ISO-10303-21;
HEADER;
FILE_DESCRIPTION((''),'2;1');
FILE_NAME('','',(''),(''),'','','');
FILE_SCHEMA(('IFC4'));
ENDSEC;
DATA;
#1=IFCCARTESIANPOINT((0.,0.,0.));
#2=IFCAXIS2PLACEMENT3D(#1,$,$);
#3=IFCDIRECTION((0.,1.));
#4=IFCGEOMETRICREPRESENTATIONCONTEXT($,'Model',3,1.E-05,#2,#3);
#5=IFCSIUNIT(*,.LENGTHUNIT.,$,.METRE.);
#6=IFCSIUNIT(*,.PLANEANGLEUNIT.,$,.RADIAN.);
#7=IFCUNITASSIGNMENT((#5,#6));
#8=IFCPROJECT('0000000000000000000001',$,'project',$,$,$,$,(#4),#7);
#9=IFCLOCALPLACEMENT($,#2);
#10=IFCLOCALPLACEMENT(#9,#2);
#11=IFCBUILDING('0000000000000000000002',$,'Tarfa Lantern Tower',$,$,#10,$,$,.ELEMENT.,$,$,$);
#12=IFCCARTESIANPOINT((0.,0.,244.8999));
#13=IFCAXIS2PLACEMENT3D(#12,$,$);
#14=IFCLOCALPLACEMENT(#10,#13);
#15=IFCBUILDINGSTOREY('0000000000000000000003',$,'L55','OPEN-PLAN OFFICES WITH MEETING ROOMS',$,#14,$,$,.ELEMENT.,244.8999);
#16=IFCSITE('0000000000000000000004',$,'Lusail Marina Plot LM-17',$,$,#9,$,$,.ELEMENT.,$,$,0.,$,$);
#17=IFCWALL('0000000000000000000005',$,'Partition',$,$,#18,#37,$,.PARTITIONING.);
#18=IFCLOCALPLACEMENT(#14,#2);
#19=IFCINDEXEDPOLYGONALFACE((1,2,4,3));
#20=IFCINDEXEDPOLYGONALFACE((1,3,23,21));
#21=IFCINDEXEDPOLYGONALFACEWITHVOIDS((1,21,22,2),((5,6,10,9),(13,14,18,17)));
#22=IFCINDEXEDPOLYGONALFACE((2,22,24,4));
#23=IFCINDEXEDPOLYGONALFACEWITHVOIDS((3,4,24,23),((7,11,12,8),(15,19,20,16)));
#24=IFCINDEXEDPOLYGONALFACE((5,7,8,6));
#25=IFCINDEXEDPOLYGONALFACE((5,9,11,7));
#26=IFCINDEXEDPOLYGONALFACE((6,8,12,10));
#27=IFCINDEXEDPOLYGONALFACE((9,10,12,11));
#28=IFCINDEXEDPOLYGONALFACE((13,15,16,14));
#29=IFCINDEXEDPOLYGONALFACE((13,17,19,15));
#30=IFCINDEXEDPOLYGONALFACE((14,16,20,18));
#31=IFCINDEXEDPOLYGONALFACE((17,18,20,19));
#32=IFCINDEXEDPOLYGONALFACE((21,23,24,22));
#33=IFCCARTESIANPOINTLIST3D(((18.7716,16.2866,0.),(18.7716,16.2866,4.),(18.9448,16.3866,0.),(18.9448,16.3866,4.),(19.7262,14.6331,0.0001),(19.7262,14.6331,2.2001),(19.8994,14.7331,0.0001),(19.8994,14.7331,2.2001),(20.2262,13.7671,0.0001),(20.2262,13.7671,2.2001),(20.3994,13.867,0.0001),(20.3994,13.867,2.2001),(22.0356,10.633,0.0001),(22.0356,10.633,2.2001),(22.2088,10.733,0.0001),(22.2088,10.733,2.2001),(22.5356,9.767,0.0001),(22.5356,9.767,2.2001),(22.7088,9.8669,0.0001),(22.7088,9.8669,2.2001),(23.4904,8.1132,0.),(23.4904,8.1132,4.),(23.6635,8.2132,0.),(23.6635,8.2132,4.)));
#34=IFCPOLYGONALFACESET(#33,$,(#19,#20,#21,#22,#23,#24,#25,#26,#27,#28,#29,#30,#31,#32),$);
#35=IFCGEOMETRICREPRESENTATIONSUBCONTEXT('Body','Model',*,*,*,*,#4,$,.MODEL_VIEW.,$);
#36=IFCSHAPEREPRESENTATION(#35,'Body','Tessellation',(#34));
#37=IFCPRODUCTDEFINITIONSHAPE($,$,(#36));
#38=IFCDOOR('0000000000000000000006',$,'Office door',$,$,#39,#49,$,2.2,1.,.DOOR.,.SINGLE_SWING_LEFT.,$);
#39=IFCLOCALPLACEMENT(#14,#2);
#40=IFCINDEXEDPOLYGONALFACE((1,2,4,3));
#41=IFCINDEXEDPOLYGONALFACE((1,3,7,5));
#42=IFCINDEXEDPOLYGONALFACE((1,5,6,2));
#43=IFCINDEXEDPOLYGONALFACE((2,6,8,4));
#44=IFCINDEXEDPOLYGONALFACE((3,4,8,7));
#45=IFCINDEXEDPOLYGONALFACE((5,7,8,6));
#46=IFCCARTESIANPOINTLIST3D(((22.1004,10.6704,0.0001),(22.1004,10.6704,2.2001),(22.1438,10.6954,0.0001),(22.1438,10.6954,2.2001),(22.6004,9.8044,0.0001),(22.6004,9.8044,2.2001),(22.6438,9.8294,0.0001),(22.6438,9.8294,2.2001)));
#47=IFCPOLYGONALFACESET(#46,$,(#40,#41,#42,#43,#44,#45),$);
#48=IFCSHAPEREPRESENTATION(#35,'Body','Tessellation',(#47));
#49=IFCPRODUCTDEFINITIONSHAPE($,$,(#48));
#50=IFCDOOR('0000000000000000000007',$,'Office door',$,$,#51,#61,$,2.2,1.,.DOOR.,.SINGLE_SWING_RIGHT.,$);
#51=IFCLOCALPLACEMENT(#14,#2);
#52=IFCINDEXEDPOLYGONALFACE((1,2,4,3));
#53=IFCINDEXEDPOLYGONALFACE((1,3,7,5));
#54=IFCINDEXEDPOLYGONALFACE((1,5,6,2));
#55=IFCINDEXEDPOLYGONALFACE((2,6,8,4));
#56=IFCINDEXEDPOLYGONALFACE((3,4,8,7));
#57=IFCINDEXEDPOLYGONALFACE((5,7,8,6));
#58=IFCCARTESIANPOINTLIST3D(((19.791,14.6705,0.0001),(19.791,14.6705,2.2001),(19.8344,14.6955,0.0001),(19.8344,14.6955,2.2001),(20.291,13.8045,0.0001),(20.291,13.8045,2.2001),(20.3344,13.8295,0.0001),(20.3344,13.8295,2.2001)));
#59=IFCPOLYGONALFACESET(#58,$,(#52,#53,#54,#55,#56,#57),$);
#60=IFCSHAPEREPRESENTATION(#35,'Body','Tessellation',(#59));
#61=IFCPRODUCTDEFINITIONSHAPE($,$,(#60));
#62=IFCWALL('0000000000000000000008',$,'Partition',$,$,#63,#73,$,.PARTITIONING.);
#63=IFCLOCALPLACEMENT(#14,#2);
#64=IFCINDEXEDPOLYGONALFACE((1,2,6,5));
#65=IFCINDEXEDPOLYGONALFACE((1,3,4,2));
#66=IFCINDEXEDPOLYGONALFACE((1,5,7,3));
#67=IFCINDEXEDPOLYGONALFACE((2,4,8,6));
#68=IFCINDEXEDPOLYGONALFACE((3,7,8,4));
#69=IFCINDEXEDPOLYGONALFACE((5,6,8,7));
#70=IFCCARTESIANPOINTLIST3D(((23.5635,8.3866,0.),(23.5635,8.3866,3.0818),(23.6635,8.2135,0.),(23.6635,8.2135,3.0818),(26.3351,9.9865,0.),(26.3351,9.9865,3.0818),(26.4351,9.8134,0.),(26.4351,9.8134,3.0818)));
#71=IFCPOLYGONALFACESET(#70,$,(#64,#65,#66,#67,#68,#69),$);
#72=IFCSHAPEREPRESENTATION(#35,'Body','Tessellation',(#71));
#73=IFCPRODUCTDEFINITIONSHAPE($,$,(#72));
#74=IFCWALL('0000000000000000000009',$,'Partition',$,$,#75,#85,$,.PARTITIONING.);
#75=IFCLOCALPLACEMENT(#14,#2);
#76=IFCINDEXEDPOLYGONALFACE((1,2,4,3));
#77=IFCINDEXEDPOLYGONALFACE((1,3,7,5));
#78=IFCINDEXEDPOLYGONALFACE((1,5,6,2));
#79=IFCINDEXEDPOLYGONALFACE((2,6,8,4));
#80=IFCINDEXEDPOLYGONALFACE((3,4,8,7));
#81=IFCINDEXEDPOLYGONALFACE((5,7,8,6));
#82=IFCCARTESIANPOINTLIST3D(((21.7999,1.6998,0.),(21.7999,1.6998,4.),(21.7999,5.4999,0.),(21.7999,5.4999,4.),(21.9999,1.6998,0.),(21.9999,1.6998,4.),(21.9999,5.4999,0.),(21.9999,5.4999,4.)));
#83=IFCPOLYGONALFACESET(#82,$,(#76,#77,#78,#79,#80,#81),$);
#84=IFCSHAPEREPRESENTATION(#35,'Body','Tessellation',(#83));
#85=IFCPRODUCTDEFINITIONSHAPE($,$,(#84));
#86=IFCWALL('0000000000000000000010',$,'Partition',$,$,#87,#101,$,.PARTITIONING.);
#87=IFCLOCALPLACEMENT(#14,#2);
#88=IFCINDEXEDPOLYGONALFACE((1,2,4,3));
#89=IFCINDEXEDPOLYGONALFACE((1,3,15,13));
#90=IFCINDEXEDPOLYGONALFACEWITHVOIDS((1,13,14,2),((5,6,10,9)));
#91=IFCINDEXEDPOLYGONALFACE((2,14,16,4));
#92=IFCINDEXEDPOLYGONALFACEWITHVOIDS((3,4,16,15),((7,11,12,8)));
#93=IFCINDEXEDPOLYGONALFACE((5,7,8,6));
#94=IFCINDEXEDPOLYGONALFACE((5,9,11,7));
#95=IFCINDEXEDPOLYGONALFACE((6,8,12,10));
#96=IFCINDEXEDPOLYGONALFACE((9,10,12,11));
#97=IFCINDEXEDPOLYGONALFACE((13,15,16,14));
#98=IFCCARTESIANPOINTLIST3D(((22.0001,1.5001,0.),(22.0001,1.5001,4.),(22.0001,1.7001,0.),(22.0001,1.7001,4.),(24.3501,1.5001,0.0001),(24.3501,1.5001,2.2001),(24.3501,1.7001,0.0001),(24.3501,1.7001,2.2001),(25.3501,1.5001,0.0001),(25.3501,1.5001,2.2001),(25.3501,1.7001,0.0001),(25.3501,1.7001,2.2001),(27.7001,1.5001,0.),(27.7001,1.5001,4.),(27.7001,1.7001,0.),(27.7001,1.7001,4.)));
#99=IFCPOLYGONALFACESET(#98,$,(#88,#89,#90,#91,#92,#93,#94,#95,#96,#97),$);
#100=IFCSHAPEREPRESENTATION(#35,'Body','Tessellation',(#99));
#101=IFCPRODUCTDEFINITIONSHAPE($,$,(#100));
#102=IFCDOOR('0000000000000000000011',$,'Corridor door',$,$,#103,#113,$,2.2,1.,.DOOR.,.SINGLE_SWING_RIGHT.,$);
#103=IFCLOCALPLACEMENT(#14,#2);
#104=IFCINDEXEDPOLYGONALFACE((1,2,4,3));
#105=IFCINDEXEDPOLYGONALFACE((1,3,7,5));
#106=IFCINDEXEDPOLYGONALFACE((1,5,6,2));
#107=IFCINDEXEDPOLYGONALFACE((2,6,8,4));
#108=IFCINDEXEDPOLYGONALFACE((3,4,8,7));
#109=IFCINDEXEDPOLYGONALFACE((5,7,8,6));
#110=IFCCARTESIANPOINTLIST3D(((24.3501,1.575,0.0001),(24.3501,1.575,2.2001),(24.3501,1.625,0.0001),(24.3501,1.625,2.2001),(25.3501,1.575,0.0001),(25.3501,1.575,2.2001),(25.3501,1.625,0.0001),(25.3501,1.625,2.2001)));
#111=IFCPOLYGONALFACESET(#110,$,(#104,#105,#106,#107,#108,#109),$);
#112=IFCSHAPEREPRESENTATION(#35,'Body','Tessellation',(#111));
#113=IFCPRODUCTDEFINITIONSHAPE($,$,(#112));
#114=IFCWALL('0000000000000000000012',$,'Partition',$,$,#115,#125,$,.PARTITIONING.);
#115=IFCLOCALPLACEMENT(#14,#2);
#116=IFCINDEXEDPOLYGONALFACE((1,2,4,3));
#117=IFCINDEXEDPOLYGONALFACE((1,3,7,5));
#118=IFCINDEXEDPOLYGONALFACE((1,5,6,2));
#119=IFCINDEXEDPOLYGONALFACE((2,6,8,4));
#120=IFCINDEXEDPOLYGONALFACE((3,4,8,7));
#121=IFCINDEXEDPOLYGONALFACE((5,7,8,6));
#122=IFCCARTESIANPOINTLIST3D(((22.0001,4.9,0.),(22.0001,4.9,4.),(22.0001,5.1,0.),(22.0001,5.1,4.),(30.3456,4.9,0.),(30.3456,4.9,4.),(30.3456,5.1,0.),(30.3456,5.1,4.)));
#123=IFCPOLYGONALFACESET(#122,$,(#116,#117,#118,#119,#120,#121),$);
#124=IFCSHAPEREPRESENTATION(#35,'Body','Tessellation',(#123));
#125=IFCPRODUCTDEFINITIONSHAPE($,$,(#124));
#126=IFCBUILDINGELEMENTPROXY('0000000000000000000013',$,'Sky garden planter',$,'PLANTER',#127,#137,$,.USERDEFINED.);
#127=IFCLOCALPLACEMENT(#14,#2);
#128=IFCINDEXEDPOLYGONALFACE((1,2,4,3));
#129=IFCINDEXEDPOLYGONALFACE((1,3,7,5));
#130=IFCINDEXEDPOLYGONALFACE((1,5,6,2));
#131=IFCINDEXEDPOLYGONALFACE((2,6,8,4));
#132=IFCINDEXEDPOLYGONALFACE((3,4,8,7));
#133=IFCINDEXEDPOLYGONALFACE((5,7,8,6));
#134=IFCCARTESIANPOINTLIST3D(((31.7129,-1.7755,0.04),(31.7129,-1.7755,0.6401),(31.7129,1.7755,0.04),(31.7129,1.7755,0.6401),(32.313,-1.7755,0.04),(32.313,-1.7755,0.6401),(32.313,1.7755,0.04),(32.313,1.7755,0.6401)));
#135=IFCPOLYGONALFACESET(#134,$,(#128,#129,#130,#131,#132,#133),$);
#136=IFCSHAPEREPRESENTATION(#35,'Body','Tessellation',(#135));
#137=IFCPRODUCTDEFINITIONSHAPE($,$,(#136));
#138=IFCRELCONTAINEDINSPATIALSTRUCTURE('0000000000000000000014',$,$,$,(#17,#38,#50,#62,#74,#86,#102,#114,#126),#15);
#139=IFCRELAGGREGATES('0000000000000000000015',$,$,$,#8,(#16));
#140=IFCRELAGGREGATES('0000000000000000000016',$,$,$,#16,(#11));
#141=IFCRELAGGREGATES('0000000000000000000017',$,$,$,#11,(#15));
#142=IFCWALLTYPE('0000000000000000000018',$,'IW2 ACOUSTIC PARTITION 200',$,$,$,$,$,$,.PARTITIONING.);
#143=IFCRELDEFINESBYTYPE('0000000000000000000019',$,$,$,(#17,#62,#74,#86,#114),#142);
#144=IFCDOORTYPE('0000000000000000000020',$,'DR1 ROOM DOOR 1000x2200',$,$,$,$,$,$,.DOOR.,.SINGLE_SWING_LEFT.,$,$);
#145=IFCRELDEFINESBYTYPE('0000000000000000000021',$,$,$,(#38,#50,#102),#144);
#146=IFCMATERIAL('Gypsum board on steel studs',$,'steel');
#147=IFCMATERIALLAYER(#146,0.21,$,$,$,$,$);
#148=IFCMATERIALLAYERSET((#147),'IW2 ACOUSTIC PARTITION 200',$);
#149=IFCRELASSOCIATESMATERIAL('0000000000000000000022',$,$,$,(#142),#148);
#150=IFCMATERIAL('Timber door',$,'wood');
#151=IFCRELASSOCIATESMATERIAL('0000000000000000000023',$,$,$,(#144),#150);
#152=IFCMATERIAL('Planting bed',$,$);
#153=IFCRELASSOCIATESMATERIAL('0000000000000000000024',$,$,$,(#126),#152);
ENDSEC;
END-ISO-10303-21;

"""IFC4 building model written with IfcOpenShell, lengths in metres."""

from ifc_helpers import new_model, si_unit, direction, frame, frame_2d, origin, origin_2d, place, context, subcontext, project, spatial, rectangle, extrude, material, layer, layer_set, type_object, element, fill, save


model = new_model("IFC4")

# Units and contexts
model_context = context("Model", 3, precision=1e-05, world=origin(), true_north=direction((0.0, 1.0)))
body_context = subcontext(model_context, "Body", "Model", "MODEL_VIEW")
ifc_project = project(units=[si_unit("LENGTHUNIT", "METRE"), si_unit("PLANEANGLEUNIT", "RADIAN")], contexts=[model_context])

# Site, building, storey
site_placement = place(None, origin())
site = spatial("IfcSite", under=ifc_project, at=site_placement, Name="Lusail Marina Plot LM-17", CompositionType="ELEMENT", RefElevation=0.0)
building_placement = place(site_placement, origin())
building = spatial("IfcBuilding", under=site, at=building_placement, Name="Tarfa Lantern Tower", CompositionType="ELEMENT")
storey_placement = place(building_placement, frame((0.0, 0.0, 244.8999)))
storey = spatial("IfcBuildingStorey", under=building, at=storey_placement, Name="L55", Description="OPEN-PLAN OFFICES WITH MEETING ROOMS", CompositionType="ELEMENT", Elevation=244.8999)

# Wall, openings, doors
ifc_material_1 = material(Name="Gypsum board on steel studs", Category="steel")
ifc_layer_1 = layer(ifc_material_1, 0.21)
ifc_layer_set_1 = layer_set([ifc_layer_1], Name="IW2 ACOUSTIC PARTITION 200")
wall_type = type_object("IfcWallType", Name="IW2 ACOUSTIC PARTITION 200", PredefinedType="PARTITIONING", material=ifc_layer_set_1)
wall_1_placement = place(storey_placement, frame((23.5769, 8.1633, 0.0), z_axis=(0.0, 0.0, 1.0), x_axis=(-0.49999, 0.866031, 0.0)))
wall_1 = element("IfcWall", 1, at=wall_1_placement, inside=storey, type_object=wall_type, Name="Partition", PredefinedType="PARTITIONING", context=body_context, shape_type="SweptSolid", body=[
    extrude(rectangle(XDim=9.4377, YDim=0.2, at=frame_2d((4.7188, 0.0))), origin(), (0.0, 0.0, 1.0), 4.0),
])
opening_1_placement = place(wall_1_placement, frame((1.9094, 0.0, 0.0)))
opening_1 = element("IfcOpeningElement", 2, at=opening_1_placement, cuts=wall_1, PredefinedType="OPENING", context=body_context, shape_type="SweptSolid", body=[
    extrude(rectangle(XDim=1.0, YDim=2.2, at=frame_2d((0.5, 1.1001))), frame((0.0, 0.1099, 0.0), z_axis=(0.0, -1.0, 0.0), x_axis=(1.0, 0.0, 0.0)), (0.0, 0.0, 1.0), 0.22),
])
opening_2_placement = place(wall_1_placement, frame((6.5283, 0.0, 0.0)))
opening_2 = element("IfcOpeningElement", 3, at=opening_2_placement, cuts=wall_1, PredefinedType="OPENING", context=body_context, shape_type="SweptSolid", body=[
    extrude(rectangle(XDim=1.0, YDim=2.2, at=frame_2d((0.5, 1.1001))), frame((0.0, 0.1099, 0.0), z_axis=(0.0, -1.0, 0.0), x_axis=(1.0, 0.0, 0.0)), (0.0, 0.0, 1.0), 0.22),
])
ifc_material_2 = material(Name="Timber door", Category="wood")
door_type = type_object("IfcDoorType", Name="DR1 ROOM DOOR 1000x2200", OperationType="SINGLE_SWING_LEFT", PredefinedType="DOOR", material=ifc_material_2)
door_1_placement = place(opening_1_placement, frame((1.0, 0.0, 0.0), z_axis=(0.0, 0.0, 1.0), x_axis=(-1.0, 0.0, 0.0)))
door_1 = element("IfcDoor", 4, at=door_1_placement, inside=storey, type_object=door_type, Name="Office door", OperationType="SINGLE_SWING_LEFT", OverallHeight=2.2, OverallWidth=1.0, PredefinedType="DOOR", context=body_context, shape_type="SweptSolid", body=[
    extrude(rectangle(XDim=1.0, YDim=2.2, at=frame_2d((0.5, 1.1001))), frame((0.0, 0.0249, 0.0), z_axis=(0.0, -1.0, 0.0), x_axis=(1.0, 0.0, 0.0)), (0.0, 0.0, 1.0), 0.05),
])
fill(opening_1, door_1)
door_2_placement = place(opening_2_placement, frame((1.0, 0.0, 0.0), z_axis=(0.0, 0.0, 1.0), x_axis=(-1.0, 0.0, 0.0)))
door_2 = element("IfcDoor", 5, at=door_2_placement, inside=storey, type_object=door_type, Name="Office door", OperationType="SINGLE_SWING_RIGHT", OverallHeight=2.2, OverallWidth=1.0, PredefinedType="DOOR", context=body_context, shape_type="SweptSolid", body=[
    extrude(rectangle(XDim=1.0, YDim=2.2, at=frame_2d((0.5, 1.1001))), frame((0.0, 0.0249, 0.0), z_axis=(0.0, -1.0, 0.0), x_axis=(1.0, 0.0, 0.0)), (0.0, 0.0, 1.0), 0.05),
])
fill(opening_2, door_2)

# Walls
wall_2_placement = place(storey_placement, frame((23.6135, 8.3, 0.0), z_axis=(0.0, 0.0, 1.0), x_axis=(0.866061, 0.499938, 0.0)))
element("IfcWall", 6, at=wall_2_placement, inside=storey, type_object=wall_type, Name="Partition", PredefinedType="PARTITIONING", context=body_context, shape_type="SweptSolid", body=[
    extrude(rectangle(XDim=3.2002, YDim=0.2, at=frame_2d((1.6001, 0.0))), origin(), (0.0, 0.0, 1.0), 3.0818),
])
wall_3_placement = place(storey_placement, frame((21.8999, 1.7, 0.0), z_axis=(0.0, 0.0, 1.0), x_axis=(0.0, 1.0, 0.0)))
element("IfcWall", 7, at=wall_3_placement, inside=storey, type_object=wall_type, Name="Partition", PredefinedType="PARTITIONING", context=body_context, shape_type="SweptSolid", body=[
    extrude(rectangle(XDim=3.8, YDim=0.2, at=frame_2d((1.8999, 0.0))), origin(), (0.0, 0.0, 1.0), 4.0),
])

# Wall, opening, door
wall_4_placement = place(storey_placement, frame((22.0, 1.6001, 0.0), z_axis=(0.0, 0.0, 1.0), x_axis=(1.0, 0.0, 0.0)))
wall_4 = element("IfcWall", 8, at=wall_4_placement, inside=storey, type_object=wall_type, Name="Partition", PredefinedType="PARTITIONING", context=body_context, shape_type="SweptSolid", body=[
    extrude(rectangle(XDim=5.7, YDim=0.2, at=frame_2d((2.8501, 0.0))), origin(), (0.0, 0.0, 1.0), 4.0),
])
opening_3_placement = place(wall_4_placement, frame((2.3501, 0.0, 0.0)))
opening_3 = element("IfcOpeningElement", 9, at=opening_3_placement, cuts=wall_4, PredefinedType="OPENING", context=body_context, shape_type="SweptSolid", body=[
    extrude(rectangle(XDim=1.0, YDim=2.2, at=frame_2d((0.5, 1.1001))), frame((0.0, 0.1099, 0.0), z_axis=(0.0, -1.0, 0.0), x_axis=(1.0, 0.0, 0.0)), (0.0, 0.0, 1.0), 0.22),
])
door_3_placement = place(opening_3_placement, origin())
door_3 = element("IfcDoor", 10, at=door_3_placement, inside=storey, type_object=door_type, Name="Corridor door", OperationType="SINGLE_SWING_RIGHT", OverallHeight=2.2, OverallWidth=1.0, PredefinedType="DOOR", context=body_context, shape_type="SweptSolid", body=[
    extrude(rectangle(XDim=1.0, YDim=2.2, at=frame_2d((0.5, 1.1001))), frame((0.0, 0.0249, 0.0), z_axis=(0.0, -1.0, 0.0), x_axis=(1.0, 0.0, 0.0)), (0.0, 0.0, 1.0), 0.05),
])
fill(opening_3, door_3)

# Wall
wall_5_placement = place(storey_placement, frame((22.0, 5.0, 0.0), z_axis=(0.0, 0.0, 1.0), x_axis=(1.0, 0.0, 0.0)))
element("IfcWall", 11, at=wall_5_placement, inside=storey, type_object=wall_type, Name="Partition", PredefinedType="PARTITIONING", context=body_context, shape_type="SweptSolid", body=[
    extrude(rectangle(XDim=8.3455, YDim=0.2, at=frame_2d((4.1729, 0.0))), origin(), (0.0, 0.0, 1.0), 4.0),
])

# Building element proxy
ifc_material_3 = material(Name="Planting bed")
proxy_placement = place(storey_placement, frame((32.0129, 0.0, 0.04), z_axis=(0.0, 0.0, 1.0), x_axis=(0.0, 1.0, 0.0)))
element("IfcBuildingElementProxy", 12, at=proxy_placement, inside=storey, material=ifc_material_3, Name="Sky garden planter", ObjectType="PLANTER", PredefinedType="USERDEFINED", context=body_context, shape_type="SweptSolid", body=[
    extrude(rectangle(XDim=3.551, YDim=0.6001, at=origin_2d()), origin(), (0.0, 0.0, 1.0), 0.6001),
])

save(model, "model.ifc")
